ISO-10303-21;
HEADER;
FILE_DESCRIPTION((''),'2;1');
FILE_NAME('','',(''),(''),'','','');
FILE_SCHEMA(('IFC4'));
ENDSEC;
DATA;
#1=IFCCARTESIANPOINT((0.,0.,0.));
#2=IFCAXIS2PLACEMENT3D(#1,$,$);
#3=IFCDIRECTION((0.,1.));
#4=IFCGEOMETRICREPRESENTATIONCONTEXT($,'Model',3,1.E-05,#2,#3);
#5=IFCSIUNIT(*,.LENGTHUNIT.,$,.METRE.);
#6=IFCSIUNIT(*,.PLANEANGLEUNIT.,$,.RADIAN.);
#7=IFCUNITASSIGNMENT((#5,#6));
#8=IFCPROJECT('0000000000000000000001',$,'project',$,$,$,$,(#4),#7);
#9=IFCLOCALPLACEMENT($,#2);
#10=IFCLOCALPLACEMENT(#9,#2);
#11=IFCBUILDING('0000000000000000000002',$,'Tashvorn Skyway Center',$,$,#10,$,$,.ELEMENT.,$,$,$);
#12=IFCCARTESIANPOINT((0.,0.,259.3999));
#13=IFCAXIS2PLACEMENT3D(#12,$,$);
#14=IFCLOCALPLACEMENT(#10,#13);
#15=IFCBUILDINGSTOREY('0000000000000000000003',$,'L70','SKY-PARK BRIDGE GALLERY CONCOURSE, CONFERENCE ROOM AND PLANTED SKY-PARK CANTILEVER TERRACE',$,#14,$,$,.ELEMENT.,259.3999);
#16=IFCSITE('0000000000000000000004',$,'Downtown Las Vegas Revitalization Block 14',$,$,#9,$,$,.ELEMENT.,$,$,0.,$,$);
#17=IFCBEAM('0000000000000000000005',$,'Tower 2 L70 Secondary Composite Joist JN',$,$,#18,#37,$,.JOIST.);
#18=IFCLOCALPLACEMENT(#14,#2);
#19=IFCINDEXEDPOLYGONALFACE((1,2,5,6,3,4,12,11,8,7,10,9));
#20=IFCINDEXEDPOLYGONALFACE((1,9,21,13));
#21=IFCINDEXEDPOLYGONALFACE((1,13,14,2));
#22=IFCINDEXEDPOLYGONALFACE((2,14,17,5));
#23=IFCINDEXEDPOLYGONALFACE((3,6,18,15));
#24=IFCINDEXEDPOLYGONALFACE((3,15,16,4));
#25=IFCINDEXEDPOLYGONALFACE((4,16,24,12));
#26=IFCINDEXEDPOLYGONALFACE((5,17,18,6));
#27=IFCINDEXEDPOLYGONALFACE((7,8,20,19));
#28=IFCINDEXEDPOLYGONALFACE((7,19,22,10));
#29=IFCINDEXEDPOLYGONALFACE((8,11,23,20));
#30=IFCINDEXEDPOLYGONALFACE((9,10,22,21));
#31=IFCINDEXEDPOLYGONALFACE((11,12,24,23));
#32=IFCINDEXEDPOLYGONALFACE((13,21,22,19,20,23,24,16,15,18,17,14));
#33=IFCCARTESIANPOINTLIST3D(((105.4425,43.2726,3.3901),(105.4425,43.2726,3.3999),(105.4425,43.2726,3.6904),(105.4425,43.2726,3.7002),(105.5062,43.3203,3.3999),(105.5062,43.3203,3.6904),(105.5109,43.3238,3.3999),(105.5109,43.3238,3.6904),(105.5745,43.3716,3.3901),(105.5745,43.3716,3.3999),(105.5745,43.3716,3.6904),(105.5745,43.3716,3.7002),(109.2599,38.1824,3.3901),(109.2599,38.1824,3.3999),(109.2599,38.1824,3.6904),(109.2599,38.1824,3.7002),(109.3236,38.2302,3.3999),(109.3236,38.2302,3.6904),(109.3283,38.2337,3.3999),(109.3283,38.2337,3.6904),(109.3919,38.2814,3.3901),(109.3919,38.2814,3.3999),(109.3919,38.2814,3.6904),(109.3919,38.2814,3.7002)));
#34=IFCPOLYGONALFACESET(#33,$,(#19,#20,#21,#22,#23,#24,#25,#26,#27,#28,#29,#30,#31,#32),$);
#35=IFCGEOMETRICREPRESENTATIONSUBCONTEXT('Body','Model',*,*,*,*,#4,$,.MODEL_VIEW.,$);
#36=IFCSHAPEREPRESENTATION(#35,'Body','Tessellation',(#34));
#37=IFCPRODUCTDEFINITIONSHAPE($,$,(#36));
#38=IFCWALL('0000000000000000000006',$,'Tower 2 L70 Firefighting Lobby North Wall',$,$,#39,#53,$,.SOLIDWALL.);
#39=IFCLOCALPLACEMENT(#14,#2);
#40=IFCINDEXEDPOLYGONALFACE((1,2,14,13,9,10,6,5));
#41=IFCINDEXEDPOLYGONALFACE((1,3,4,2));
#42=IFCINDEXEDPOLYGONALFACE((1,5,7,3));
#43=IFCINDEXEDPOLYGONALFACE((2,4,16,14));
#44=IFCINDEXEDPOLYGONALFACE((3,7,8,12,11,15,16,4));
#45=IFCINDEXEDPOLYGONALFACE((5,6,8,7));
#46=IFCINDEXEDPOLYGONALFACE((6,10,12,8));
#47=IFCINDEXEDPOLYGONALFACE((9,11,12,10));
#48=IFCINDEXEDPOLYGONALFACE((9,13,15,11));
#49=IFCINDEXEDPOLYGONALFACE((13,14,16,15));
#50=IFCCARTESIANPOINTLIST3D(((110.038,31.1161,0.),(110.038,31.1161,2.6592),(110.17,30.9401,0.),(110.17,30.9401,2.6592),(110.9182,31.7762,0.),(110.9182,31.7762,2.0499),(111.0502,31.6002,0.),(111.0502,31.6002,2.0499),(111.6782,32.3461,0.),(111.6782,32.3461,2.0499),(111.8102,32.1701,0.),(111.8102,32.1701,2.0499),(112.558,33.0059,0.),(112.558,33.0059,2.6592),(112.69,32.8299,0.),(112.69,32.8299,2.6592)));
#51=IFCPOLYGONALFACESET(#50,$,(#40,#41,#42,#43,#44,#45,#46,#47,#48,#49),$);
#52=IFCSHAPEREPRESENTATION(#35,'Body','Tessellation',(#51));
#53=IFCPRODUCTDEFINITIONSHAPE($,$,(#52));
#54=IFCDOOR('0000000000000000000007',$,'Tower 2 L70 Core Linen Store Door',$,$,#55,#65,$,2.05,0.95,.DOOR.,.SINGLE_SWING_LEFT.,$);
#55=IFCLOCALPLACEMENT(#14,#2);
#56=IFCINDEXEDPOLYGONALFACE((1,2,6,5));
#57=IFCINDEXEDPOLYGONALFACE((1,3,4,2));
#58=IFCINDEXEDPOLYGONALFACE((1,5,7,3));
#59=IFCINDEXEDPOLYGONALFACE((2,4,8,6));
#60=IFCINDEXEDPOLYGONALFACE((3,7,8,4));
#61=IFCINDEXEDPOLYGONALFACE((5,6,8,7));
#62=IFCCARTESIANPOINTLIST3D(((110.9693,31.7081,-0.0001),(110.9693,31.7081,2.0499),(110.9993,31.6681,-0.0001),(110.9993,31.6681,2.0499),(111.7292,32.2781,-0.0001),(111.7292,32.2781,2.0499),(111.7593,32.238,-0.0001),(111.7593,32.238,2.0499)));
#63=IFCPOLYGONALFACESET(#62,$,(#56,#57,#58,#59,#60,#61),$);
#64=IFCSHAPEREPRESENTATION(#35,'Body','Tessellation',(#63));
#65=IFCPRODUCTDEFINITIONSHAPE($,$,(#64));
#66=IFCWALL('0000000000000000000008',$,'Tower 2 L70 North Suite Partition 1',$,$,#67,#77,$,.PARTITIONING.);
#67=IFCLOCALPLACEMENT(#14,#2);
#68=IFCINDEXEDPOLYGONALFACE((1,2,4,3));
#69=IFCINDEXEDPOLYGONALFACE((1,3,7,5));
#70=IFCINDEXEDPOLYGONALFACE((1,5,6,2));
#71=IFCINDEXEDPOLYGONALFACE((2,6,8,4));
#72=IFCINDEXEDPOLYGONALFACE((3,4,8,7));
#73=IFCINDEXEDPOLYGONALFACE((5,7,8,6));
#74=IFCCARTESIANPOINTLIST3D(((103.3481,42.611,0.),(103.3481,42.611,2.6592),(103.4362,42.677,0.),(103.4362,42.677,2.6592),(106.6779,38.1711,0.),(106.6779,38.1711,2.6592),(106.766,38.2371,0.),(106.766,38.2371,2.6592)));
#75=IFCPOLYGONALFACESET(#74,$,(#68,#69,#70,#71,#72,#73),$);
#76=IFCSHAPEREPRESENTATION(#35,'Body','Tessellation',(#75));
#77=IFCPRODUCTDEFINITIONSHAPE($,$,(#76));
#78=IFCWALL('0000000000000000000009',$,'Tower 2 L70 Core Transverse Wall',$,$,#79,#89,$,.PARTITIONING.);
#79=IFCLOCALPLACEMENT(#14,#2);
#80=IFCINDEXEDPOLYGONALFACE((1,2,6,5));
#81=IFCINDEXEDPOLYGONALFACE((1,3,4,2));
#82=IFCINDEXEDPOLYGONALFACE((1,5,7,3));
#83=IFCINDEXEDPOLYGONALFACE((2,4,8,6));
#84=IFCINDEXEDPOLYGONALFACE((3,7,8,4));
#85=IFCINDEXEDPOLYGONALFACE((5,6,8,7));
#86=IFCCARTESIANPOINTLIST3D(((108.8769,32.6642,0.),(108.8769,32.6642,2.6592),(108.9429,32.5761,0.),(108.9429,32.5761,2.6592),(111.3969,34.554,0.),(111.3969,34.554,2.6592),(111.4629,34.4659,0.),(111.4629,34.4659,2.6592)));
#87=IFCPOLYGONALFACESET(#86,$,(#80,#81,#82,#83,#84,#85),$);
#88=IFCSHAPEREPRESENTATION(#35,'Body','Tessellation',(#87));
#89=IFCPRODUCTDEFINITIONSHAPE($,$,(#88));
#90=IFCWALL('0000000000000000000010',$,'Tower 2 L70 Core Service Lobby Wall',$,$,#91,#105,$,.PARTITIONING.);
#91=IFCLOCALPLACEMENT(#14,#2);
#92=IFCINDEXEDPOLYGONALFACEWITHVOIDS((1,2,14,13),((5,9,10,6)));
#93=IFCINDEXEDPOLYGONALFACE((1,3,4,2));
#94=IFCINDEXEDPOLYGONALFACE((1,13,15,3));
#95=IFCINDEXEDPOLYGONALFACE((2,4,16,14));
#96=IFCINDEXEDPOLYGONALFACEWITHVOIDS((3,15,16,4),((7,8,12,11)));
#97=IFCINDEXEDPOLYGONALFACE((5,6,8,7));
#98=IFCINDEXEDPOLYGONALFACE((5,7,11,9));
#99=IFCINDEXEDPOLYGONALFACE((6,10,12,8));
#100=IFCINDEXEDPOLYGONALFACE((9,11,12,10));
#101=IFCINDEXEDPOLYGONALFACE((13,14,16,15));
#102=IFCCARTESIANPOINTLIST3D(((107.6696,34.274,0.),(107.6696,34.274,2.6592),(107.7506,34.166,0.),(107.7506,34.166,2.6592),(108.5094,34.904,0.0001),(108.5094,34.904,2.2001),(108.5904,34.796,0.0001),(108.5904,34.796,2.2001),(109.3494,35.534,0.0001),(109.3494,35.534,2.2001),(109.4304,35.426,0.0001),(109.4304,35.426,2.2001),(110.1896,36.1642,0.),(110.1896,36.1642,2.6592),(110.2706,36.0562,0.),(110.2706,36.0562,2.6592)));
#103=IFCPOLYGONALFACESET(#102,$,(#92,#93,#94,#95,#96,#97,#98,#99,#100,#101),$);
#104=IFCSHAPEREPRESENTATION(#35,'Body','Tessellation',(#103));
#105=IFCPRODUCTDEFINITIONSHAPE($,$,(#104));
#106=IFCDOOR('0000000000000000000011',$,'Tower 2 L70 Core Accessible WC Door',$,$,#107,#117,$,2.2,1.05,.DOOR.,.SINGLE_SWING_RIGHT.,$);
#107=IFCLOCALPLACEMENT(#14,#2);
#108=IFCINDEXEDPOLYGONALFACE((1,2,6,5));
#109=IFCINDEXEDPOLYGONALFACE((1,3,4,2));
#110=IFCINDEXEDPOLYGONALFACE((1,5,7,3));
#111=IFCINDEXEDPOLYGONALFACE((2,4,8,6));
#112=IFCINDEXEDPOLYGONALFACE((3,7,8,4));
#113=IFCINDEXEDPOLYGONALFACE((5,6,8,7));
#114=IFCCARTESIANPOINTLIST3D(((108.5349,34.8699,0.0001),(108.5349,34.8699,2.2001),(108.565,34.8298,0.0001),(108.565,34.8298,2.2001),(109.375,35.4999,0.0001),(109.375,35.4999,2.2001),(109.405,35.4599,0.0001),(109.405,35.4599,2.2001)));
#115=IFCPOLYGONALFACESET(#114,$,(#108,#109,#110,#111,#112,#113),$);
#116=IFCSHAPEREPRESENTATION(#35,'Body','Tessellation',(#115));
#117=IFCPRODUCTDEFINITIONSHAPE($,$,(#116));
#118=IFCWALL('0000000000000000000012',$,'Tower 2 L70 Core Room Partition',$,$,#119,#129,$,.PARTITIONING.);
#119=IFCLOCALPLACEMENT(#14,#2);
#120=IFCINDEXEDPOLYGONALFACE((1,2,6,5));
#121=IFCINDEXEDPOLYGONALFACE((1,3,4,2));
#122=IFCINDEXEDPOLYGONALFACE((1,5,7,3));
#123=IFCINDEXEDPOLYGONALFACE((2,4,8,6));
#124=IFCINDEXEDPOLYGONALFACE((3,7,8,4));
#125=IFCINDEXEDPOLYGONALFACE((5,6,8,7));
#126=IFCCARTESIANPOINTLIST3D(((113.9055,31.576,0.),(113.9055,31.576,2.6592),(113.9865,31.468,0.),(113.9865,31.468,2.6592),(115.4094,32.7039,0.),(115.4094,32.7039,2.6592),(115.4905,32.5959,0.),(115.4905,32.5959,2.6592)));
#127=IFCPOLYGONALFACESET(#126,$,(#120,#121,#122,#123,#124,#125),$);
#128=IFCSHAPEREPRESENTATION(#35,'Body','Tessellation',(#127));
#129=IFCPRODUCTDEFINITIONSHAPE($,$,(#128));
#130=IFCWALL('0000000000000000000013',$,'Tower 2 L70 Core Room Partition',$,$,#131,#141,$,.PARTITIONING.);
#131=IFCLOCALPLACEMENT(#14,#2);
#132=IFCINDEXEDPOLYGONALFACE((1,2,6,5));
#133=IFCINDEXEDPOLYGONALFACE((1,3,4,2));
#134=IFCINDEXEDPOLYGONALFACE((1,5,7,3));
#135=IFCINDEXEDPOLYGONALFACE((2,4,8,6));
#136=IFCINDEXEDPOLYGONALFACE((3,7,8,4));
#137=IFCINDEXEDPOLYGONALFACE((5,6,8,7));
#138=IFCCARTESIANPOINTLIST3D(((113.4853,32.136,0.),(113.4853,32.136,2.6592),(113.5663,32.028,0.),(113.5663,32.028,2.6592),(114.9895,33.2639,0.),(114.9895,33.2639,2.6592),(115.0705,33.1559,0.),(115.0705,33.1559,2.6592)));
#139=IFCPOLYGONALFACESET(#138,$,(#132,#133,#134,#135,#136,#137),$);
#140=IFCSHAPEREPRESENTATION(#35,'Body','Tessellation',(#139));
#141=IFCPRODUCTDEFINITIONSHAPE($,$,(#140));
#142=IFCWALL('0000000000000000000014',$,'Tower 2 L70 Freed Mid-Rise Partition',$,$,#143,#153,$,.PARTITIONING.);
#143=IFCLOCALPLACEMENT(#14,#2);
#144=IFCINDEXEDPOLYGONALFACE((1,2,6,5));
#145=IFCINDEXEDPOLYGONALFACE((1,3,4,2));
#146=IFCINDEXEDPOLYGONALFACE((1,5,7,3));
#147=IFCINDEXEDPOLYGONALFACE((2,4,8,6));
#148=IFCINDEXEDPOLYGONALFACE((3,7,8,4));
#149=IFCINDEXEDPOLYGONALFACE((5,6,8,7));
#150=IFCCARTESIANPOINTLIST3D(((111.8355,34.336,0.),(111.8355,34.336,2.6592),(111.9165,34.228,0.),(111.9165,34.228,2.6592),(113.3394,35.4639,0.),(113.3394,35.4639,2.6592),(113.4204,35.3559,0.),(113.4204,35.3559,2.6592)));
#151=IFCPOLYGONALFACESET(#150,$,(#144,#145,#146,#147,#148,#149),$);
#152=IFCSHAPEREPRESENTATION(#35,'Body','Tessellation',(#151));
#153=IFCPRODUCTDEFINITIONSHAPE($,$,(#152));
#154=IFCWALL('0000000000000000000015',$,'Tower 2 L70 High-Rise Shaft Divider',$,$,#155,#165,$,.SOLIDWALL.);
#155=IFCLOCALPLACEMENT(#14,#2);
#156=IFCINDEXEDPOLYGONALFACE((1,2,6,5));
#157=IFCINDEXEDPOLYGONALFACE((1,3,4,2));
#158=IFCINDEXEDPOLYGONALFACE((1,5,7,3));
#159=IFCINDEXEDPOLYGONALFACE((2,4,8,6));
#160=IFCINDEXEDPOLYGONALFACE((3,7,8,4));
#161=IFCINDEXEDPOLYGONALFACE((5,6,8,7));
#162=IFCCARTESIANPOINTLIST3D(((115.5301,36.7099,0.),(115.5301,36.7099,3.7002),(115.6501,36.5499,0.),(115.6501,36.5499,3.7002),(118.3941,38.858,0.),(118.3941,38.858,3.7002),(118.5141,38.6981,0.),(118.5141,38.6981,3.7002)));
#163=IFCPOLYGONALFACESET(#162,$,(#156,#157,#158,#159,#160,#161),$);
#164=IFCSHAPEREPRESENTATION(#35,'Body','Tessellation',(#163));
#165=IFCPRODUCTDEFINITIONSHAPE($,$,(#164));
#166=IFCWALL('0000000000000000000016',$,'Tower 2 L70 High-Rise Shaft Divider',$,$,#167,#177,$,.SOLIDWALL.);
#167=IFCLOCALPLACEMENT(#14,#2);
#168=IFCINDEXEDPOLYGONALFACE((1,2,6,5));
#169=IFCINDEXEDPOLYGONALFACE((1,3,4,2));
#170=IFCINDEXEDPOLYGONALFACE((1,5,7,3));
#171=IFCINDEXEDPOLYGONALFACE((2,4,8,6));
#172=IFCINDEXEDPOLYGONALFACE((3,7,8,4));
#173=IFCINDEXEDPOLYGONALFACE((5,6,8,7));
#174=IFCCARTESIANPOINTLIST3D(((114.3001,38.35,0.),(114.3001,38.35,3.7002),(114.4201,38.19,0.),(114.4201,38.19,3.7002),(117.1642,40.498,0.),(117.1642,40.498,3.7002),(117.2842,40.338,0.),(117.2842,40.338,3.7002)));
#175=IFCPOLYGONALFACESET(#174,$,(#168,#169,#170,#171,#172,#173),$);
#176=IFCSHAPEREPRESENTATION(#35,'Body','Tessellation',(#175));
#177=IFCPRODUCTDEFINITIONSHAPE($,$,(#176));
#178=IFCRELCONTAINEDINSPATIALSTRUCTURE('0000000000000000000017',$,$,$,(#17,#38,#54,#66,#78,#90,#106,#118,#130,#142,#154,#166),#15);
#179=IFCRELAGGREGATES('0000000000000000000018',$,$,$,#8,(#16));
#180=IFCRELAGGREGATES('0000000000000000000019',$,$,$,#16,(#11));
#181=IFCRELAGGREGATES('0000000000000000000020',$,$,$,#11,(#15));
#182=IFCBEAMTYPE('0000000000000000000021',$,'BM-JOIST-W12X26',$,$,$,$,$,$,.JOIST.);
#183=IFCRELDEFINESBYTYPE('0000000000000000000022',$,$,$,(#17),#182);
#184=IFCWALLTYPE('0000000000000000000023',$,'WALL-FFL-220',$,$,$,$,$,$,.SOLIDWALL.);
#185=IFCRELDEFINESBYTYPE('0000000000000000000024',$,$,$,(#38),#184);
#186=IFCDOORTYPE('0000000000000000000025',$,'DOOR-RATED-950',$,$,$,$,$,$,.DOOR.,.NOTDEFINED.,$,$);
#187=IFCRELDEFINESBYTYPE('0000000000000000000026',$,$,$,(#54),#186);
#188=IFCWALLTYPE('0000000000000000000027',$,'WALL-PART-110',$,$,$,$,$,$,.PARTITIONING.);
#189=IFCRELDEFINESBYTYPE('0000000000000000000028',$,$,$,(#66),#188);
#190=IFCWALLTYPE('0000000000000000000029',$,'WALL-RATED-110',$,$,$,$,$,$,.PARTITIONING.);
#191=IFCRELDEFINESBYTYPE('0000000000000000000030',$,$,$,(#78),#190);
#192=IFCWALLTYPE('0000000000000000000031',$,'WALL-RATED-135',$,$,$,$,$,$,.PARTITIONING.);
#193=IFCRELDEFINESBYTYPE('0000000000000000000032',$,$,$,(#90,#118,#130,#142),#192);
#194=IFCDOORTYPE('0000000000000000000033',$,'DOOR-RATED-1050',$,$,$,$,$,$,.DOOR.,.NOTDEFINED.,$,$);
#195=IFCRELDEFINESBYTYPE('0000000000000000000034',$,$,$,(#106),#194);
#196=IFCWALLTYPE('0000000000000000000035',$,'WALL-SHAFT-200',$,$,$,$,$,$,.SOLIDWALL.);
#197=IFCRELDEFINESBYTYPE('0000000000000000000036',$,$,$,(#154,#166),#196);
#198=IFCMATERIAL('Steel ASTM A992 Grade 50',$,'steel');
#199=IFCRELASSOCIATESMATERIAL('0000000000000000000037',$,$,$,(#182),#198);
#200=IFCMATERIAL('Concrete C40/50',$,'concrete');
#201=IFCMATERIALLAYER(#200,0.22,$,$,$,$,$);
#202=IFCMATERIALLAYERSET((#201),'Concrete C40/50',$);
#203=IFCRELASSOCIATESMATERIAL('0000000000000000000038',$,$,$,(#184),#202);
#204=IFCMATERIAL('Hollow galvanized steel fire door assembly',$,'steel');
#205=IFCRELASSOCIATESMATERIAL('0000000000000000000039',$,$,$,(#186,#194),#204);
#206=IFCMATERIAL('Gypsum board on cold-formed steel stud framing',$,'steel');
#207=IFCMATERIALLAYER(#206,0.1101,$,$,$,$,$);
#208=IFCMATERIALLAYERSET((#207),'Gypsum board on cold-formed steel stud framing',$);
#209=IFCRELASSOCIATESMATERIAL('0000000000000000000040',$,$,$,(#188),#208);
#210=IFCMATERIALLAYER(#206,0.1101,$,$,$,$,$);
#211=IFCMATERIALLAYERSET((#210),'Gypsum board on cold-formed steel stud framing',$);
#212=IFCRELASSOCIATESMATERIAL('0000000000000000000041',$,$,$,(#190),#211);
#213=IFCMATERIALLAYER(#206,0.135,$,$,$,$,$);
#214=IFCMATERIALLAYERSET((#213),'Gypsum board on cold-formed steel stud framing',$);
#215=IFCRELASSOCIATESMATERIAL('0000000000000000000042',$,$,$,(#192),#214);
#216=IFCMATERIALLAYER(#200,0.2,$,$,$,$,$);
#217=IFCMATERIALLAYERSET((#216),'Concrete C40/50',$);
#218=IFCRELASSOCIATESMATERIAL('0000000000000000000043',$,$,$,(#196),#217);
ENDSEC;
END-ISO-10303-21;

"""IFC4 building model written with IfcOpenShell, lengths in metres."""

from ifc_helpers import new_model, si_unit, direction, frame, frame_2d, origin, origin_2d, place, context, subcontext, project, spatial, rectangle, i_section, extrude, material, layer, layer_set, material_profile, profile_set, type_object, element, fill, save


model = new_model("IFC4")

# Units and contexts
model_context = context("Model", 3, precision=1e-05, world=origin(), true_north=direction((0.0, 1.0)))
body_context = subcontext(model_context, "Body", "Model", "MODEL_VIEW")
ifc_project = project(units=[si_unit("LENGTHUNIT", "METRE"), si_unit("PLANEANGLEUNIT", "RADIAN")], contexts=[model_context])

# Site, building, storey
site_placement = place(None, origin())
site = spatial("IfcSite", under=ifc_project, at=site_placement, Name="Downtown Las Vegas Revitalization Block 14", CompositionType="ELEMENT", RefElevation=0.0)
building_placement = place(site_placement, origin())
building = spatial("IfcBuilding", under=site, at=building_placement, Name="Tashvorn Skyway Center", CompositionType="ELEMENT")
storey_placement = place(building_placement, frame((0.0, 0.0, 259.3999)))
storey = spatial("IfcBuildingStorey", under=building, at=storey_placement, Name="L70", Description="SKY-PARK BRIDGE GALLERY CONCOURSE, CONFERENCE ROOM AND PLANTED SKY-PARK CANTILEVER TERRACE", CompositionType="ELEMENT", Elevation=259.3999)

# Beam
ifc_material_1 = material(Name="Steel ASTM A992 Grade 50", Category="steel")
ifc_material_profile = material_profile(ifc_material_1, i_section(OverallWidth=0.165, OverallDepth=0.3101, WebThickness=0.0059, FlangeThickness=0.0098, at=origin_2d()), Name="W12X26")
ifc_profile_set = profile_set([ifc_material_profile], Name="Steel ASTM A992 Grade 50")
beam_type = type_object("IfcBeamType", Name="BM-JOIST-W12X26", PredefinedType="JOIST", material=ifc_profile_set)
beam_placement = place(storey_placement, frame((109.3259, 38.2319, 3.5452), z_axis=(-0.599982, 0.800014, 0.0), x_axis=(-0.800014, -0.599982, 0.0)))
element("IfcBeam", 1, at=beam_placement, inside=storey, type_object=beam_type, Name="Tower 2 L70 Secondary Composite Joist JN", PredefinedType="JOIST", context=body_context, shape_type="SweptSolid", body=[
    extrude(i_section(OverallWidth=0.165, OverallDepth=0.3101, WebThickness=0.0059, FlangeThickness=0.0098, at=origin_2d()), origin(), (0.0, 0.0, 1.0), 6.3625),
])

# Wall, opening, door
ifc_material_2 = material(Name="Concrete C40/50", Category="concrete")
ifc_layer_1 = layer(ifc_material_2, 0.22)
ifc_layer_set_1 = layer_set([ifc_layer_1], Name="Concrete C40/50")
wall_type_1 = type_object("IfcWallType", Name="WALL-FFL-220", PredefinedType="SOLIDWALL", material=ifc_layer_set_1)
wall_1_placement = place(storey_placement, frame((110.104, 31.0281, 0.0), z_axis=(0.0, 0.0, 1.0), x_axis=(0.800019, 0.599975, 0.0)))
wall_1 = element("IfcWall", 2, at=wall_1_placement, inside=storey, type_object=wall_type_1, Name="Tower 2 L70 Firefighting Lobby North Wall", PredefinedType="SOLIDWALL", context=body_context, shape_type="SweptSolid", body=[
    extrude(rectangle(XDim=3.1499, YDim=0.22, at=frame_2d((1.575, 0.0))), origin(), (0.0, 0.0, 1.0), 2.6592),
])
opening_1_placement = place(wall_1_placement, frame((1.1001, 0.0, 0.0)))
opening_1 = element("IfcOpeningElement", 3, at=opening_1_placement, cuts=wall_1, PredefinedType="OPENING", context=body_context, shape_type="SweptSolid", body=[
    extrude(rectangle(XDim=0.95, YDim=2.05, at=frame_2d((0.4751, 1.0249))), frame((0.0, 0.1199, 0.0), z_axis=(0.0, -1.0, 0.0), x_axis=(1.0, 0.0, 0.0)), (0.0, 0.0, 1.0), 0.24),
])
ifc_material_3 = material(Name="Hollow galvanized steel fire door assembly", Category="steel")
door_type_1 = type_object("IfcDoorType", Name="DOOR-RATED-950", OperationType="NOTDEFINED", PredefinedType="DOOR", material=ifc_material_3)
door_1_placement = place(opening_1_placement, origin())
door_1 = element("IfcDoor", 4, at=door_1_placement, inside=storey, type_object=door_type_1, Name="Tower 2 L70 Core Linen Store Door", OperationType="SINGLE_SWING_LEFT", OverallHeight=2.05, OverallWidth=0.95, PredefinedType="DOOR", context=body_context, shape_type="SweptSolid", body=[
    extrude(rectangle(XDim=0.95, YDim=2.05, at=frame_2d((0.4751, 1.0249))), frame((0.0, 0.0249, 0.0), z_axis=(0.0, -1.0, 0.0), x_axis=(1.0, 0.0, 0.0)), (0.0, 0.0, 1.0), 0.05),
])
fill(opening_1, door_1)

# Walls
ifc_material_4 = material(Name="Gypsum board on cold-formed steel stud framing", Category="steel")
ifc_layer_2 = layer(ifc_material_4, 0.1101)
ifc_layer_set_2 = layer_set([ifc_layer_2], Name="Gypsum board on cold-formed steel stud framing")
wall_type_2 = type_object("IfcWallType", Name="WALL-PART-110", PredefinedType="PARTITIONING", material=ifc_layer_set_2)
wall_2_placement = place(storey_placement, frame((106.7219, 38.2041, 0.0), z_axis=(0.0, 0.0, 1.0), x_axis=(-0.599986, 0.800011, 0.0)))
element("IfcWall", 5, at=wall_2_placement, inside=storey, type_object=wall_type_2, Name="Tower 2 L70 North Suite Partition 1", PredefinedType="PARTITIONING", context=body_context, shape_type="SweptSolid", body=[
    extrude(rectangle(XDim=5.5498, YDim=0.1101, at=frame_2d((2.7749, 0.0))), origin(), (0.0, 0.0, 1.0), 2.6592),
])
ifc_layer_3 = layer(ifc_material_4, 0.1101)
ifc_layer_set_3 = layer_set([ifc_layer_3], Name="Gypsum board on cold-formed steel stud framing")
wall_type_3 = type_object("IfcWallType", Name="WALL-RATED-110", PredefinedType="PARTITIONING", material=ifc_layer_set_3)
wall_3_placement = place(storey_placement, frame((108.9099, 32.6201, 0.0), z_axis=(0.0, 0.0, 1.0), x_axis=(0.800019, 0.599975, 0.0)))
element("IfcWall", 6, at=wall_3_placement, inside=storey, type_object=wall_type_3, Name="Tower 2 L70 Core Transverse Wall", PredefinedType="PARTITIONING", context=body_context, shape_type="SweptSolid", body=[
    extrude(rectangle(XDim=3.1499, YDim=0.1101, at=frame_2d((1.575, 0.0))), origin(), (0.0, 0.0, 1.0), 2.6592),
])

# Wall, opening, door
ifc_layer_4 = layer(ifc_material_4, 0.135)
ifc_layer_set_4 = layer_set([ifc_layer_4], Name="Gypsum board on cold-formed steel stud framing")
wall_type_4 = type_object("IfcWallType", Name="WALL-RATED-135", PredefinedType="PARTITIONING", material=ifc_layer_set_4)
wall_4_placement = place(storey_placement, frame((107.71, 34.22, 0.0), z_axis=(0.0, 0.0, 1.0), x_axis=(0.799981, 0.600025, 0.0)))
wall_4 = element("IfcWall", 7, at=wall_4_placement, inside=storey, type_object=wall_type_4, Name="Tower 2 L70 Core Service Lobby Wall", PredefinedType="PARTITIONING", context=body_context, shape_type="SweptSolid", body=[
    extrude(rectangle(XDim=3.1501, YDim=0.135, at=frame_2d((1.5752, 0.0))), origin(), (0.0, 0.0, 1.0), 2.6592),
])
opening_2_placement = place(wall_4_placement, frame((1.05, 0.0, 0.0)))
opening_2 = element("IfcOpeningElement", 8, at=opening_2_placement, cuts=wall_4, PredefinedType="OPENING", context=body_context, shape_type="SweptSolid", body=[
    extrude(rectangle(XDim=1.05, YDim=2.2, at=frame_2d((0.5249, 1.1001))), frame((0.0, 0.0774, 0.0), z_axis=(0.0, -1.0, 0.0), x_axis=(1.0, 0.0, 0.0)), (0.0, 0.0, 1.0), 0.155),
])
door_type_2 = type_object("IfcDoorType", Name="DOOR-RATED-1050", OperationType="NOTDEFINED", PredefinedType="DOOR", material=ifc_material_3)
door_2_placement = place(opening_2_placement, origin())
door_2 = element("IfcDoor", 9, at=door_2_placement, inside=storey, type_object=door_type_2, Name="Tower 2 L70 Core Accessible WC Door", OperationType="SINGLE_SWING_RIGHT", OverallHeight=2.2, OverallWidth=1.05, PredefinedType="DOOR", context=body_context, shape_type="SweptSolid", body=[
    extrude(rectangle(XDim=1.05, YDim=2.2, at=frame_2d((0.5249, 1.1001))), frame((0.0, 0.0249, 0.0), z_axis=(0.0, -1.0, 0.0), x_axis=(1.0, 0.0, 0.0)), (0.0, 0.0, 1.0), 0.05),
])
fill(opening_2, door_2)

# Walls
wall_5_placement = place(storey_placement, frame((113.946, 31.522, 0.0), z_axis=(0.0, 0.0, 1.0), x_axis=(0.8, 0.6, 0.0)))
element("IfcWall", 10, at=wall_5_placement, inside=storey, type_object=wall_type_4, Name="Tower 2 L70 Core Room Partition", PredefinedType="PARTITIONING", context=body_context, shape_type="SweptSolid", body=[
    extrude(rectangle(XDim=1.8799, YDim=0.135, at=frame_2d((0.9399, 0.0))), origin(), (0.0, 0.0, 1.0), 2.6592),
])
wall_6_placement = place(storey_placement, frame((113.5259, 32.082, 0.0), z_axis=(0.0, 0.0, 1.0), x_axis=(0.800047, 0.599938, 0.0)))
element("IfcWall", 11, at=wall_6_placement, inside=storey, type_object=wall_type_4, Name="Tower 2 L70 Core Room Partition", PredefinedType="PARTITIONING", context=body_context, shape_type="SweptSolid", body=[
    extrude(rectangle(XDim=1.8801, YDim=0.135, at=frame_2d((0.9399, 0.0))), origin(), (0.0, 0.0, 1.0), 2.6592),
])
wall_7_placement = place(storey_placement, frame((111.876, 34.282, 0.0), z_axis=(0.0, 0.0, 1.0), x_axis=(0.8, 0.6, 0.0)))
element("IfcWall", 12, at=wall_7_placement, inside=storey, type_object=wall_type_4, Name="Tower 2 L70 Freed Mid-Rise Partition", PredefinedType="PARTITIONING", context=body_context, shape_type="SweptSolid", body=[
    extrude(rectangle(XDim=1.8799, YDim=0.135, at=frame_2d((0.9399, 0.0))), origin(), (0.0, 0.0, 1.0), 2.6592),
])
ifc_layer_5 = layer(ifc_material_2, 0.2)
ifc_layer_set_5 = layer_set([ifc_layer_5], Name="Concrete C40/50")
wall_type_5 = type_object("IfcWallType", Name="WALL-SHAFT-200", PredefinedType="SOLIDWALL", material=ifc_layer_set_5)
for number, where, z_axis, x_axis, name in (
    (13, (115.5901, 36.6299, 0.0), (0.0, 0.0, 1.0), (0.799975, 0.600033, 0.0), "Tower 2 L70 High-Rise Shaft Divider"),
    (14, (114.3601, 38.27, 0.0), (0.0, 0.0, 1.0), (0.800008, 0.599989, 0.0), "Tower 2 L70 High-Rise Shaft Divider"),
):
    element("IfcWall", number, at=place(storey_placement, frame(where, z_axis=z_axis, x_axis=x_axis)), inside=storey, type_object=wall_type_5, Name=name, PredefinedType="SOLIDWALL", context=body_context, shape_type="SweptSolid", body=[
        extrude(rectangle(XDim=3.5801, YDim=0.2, at=frame_2d((1.79, 0.0))), origin(), (0.0, 0.0, 1.0), 3.7002),
    ])

save(model, "model.ifc")
